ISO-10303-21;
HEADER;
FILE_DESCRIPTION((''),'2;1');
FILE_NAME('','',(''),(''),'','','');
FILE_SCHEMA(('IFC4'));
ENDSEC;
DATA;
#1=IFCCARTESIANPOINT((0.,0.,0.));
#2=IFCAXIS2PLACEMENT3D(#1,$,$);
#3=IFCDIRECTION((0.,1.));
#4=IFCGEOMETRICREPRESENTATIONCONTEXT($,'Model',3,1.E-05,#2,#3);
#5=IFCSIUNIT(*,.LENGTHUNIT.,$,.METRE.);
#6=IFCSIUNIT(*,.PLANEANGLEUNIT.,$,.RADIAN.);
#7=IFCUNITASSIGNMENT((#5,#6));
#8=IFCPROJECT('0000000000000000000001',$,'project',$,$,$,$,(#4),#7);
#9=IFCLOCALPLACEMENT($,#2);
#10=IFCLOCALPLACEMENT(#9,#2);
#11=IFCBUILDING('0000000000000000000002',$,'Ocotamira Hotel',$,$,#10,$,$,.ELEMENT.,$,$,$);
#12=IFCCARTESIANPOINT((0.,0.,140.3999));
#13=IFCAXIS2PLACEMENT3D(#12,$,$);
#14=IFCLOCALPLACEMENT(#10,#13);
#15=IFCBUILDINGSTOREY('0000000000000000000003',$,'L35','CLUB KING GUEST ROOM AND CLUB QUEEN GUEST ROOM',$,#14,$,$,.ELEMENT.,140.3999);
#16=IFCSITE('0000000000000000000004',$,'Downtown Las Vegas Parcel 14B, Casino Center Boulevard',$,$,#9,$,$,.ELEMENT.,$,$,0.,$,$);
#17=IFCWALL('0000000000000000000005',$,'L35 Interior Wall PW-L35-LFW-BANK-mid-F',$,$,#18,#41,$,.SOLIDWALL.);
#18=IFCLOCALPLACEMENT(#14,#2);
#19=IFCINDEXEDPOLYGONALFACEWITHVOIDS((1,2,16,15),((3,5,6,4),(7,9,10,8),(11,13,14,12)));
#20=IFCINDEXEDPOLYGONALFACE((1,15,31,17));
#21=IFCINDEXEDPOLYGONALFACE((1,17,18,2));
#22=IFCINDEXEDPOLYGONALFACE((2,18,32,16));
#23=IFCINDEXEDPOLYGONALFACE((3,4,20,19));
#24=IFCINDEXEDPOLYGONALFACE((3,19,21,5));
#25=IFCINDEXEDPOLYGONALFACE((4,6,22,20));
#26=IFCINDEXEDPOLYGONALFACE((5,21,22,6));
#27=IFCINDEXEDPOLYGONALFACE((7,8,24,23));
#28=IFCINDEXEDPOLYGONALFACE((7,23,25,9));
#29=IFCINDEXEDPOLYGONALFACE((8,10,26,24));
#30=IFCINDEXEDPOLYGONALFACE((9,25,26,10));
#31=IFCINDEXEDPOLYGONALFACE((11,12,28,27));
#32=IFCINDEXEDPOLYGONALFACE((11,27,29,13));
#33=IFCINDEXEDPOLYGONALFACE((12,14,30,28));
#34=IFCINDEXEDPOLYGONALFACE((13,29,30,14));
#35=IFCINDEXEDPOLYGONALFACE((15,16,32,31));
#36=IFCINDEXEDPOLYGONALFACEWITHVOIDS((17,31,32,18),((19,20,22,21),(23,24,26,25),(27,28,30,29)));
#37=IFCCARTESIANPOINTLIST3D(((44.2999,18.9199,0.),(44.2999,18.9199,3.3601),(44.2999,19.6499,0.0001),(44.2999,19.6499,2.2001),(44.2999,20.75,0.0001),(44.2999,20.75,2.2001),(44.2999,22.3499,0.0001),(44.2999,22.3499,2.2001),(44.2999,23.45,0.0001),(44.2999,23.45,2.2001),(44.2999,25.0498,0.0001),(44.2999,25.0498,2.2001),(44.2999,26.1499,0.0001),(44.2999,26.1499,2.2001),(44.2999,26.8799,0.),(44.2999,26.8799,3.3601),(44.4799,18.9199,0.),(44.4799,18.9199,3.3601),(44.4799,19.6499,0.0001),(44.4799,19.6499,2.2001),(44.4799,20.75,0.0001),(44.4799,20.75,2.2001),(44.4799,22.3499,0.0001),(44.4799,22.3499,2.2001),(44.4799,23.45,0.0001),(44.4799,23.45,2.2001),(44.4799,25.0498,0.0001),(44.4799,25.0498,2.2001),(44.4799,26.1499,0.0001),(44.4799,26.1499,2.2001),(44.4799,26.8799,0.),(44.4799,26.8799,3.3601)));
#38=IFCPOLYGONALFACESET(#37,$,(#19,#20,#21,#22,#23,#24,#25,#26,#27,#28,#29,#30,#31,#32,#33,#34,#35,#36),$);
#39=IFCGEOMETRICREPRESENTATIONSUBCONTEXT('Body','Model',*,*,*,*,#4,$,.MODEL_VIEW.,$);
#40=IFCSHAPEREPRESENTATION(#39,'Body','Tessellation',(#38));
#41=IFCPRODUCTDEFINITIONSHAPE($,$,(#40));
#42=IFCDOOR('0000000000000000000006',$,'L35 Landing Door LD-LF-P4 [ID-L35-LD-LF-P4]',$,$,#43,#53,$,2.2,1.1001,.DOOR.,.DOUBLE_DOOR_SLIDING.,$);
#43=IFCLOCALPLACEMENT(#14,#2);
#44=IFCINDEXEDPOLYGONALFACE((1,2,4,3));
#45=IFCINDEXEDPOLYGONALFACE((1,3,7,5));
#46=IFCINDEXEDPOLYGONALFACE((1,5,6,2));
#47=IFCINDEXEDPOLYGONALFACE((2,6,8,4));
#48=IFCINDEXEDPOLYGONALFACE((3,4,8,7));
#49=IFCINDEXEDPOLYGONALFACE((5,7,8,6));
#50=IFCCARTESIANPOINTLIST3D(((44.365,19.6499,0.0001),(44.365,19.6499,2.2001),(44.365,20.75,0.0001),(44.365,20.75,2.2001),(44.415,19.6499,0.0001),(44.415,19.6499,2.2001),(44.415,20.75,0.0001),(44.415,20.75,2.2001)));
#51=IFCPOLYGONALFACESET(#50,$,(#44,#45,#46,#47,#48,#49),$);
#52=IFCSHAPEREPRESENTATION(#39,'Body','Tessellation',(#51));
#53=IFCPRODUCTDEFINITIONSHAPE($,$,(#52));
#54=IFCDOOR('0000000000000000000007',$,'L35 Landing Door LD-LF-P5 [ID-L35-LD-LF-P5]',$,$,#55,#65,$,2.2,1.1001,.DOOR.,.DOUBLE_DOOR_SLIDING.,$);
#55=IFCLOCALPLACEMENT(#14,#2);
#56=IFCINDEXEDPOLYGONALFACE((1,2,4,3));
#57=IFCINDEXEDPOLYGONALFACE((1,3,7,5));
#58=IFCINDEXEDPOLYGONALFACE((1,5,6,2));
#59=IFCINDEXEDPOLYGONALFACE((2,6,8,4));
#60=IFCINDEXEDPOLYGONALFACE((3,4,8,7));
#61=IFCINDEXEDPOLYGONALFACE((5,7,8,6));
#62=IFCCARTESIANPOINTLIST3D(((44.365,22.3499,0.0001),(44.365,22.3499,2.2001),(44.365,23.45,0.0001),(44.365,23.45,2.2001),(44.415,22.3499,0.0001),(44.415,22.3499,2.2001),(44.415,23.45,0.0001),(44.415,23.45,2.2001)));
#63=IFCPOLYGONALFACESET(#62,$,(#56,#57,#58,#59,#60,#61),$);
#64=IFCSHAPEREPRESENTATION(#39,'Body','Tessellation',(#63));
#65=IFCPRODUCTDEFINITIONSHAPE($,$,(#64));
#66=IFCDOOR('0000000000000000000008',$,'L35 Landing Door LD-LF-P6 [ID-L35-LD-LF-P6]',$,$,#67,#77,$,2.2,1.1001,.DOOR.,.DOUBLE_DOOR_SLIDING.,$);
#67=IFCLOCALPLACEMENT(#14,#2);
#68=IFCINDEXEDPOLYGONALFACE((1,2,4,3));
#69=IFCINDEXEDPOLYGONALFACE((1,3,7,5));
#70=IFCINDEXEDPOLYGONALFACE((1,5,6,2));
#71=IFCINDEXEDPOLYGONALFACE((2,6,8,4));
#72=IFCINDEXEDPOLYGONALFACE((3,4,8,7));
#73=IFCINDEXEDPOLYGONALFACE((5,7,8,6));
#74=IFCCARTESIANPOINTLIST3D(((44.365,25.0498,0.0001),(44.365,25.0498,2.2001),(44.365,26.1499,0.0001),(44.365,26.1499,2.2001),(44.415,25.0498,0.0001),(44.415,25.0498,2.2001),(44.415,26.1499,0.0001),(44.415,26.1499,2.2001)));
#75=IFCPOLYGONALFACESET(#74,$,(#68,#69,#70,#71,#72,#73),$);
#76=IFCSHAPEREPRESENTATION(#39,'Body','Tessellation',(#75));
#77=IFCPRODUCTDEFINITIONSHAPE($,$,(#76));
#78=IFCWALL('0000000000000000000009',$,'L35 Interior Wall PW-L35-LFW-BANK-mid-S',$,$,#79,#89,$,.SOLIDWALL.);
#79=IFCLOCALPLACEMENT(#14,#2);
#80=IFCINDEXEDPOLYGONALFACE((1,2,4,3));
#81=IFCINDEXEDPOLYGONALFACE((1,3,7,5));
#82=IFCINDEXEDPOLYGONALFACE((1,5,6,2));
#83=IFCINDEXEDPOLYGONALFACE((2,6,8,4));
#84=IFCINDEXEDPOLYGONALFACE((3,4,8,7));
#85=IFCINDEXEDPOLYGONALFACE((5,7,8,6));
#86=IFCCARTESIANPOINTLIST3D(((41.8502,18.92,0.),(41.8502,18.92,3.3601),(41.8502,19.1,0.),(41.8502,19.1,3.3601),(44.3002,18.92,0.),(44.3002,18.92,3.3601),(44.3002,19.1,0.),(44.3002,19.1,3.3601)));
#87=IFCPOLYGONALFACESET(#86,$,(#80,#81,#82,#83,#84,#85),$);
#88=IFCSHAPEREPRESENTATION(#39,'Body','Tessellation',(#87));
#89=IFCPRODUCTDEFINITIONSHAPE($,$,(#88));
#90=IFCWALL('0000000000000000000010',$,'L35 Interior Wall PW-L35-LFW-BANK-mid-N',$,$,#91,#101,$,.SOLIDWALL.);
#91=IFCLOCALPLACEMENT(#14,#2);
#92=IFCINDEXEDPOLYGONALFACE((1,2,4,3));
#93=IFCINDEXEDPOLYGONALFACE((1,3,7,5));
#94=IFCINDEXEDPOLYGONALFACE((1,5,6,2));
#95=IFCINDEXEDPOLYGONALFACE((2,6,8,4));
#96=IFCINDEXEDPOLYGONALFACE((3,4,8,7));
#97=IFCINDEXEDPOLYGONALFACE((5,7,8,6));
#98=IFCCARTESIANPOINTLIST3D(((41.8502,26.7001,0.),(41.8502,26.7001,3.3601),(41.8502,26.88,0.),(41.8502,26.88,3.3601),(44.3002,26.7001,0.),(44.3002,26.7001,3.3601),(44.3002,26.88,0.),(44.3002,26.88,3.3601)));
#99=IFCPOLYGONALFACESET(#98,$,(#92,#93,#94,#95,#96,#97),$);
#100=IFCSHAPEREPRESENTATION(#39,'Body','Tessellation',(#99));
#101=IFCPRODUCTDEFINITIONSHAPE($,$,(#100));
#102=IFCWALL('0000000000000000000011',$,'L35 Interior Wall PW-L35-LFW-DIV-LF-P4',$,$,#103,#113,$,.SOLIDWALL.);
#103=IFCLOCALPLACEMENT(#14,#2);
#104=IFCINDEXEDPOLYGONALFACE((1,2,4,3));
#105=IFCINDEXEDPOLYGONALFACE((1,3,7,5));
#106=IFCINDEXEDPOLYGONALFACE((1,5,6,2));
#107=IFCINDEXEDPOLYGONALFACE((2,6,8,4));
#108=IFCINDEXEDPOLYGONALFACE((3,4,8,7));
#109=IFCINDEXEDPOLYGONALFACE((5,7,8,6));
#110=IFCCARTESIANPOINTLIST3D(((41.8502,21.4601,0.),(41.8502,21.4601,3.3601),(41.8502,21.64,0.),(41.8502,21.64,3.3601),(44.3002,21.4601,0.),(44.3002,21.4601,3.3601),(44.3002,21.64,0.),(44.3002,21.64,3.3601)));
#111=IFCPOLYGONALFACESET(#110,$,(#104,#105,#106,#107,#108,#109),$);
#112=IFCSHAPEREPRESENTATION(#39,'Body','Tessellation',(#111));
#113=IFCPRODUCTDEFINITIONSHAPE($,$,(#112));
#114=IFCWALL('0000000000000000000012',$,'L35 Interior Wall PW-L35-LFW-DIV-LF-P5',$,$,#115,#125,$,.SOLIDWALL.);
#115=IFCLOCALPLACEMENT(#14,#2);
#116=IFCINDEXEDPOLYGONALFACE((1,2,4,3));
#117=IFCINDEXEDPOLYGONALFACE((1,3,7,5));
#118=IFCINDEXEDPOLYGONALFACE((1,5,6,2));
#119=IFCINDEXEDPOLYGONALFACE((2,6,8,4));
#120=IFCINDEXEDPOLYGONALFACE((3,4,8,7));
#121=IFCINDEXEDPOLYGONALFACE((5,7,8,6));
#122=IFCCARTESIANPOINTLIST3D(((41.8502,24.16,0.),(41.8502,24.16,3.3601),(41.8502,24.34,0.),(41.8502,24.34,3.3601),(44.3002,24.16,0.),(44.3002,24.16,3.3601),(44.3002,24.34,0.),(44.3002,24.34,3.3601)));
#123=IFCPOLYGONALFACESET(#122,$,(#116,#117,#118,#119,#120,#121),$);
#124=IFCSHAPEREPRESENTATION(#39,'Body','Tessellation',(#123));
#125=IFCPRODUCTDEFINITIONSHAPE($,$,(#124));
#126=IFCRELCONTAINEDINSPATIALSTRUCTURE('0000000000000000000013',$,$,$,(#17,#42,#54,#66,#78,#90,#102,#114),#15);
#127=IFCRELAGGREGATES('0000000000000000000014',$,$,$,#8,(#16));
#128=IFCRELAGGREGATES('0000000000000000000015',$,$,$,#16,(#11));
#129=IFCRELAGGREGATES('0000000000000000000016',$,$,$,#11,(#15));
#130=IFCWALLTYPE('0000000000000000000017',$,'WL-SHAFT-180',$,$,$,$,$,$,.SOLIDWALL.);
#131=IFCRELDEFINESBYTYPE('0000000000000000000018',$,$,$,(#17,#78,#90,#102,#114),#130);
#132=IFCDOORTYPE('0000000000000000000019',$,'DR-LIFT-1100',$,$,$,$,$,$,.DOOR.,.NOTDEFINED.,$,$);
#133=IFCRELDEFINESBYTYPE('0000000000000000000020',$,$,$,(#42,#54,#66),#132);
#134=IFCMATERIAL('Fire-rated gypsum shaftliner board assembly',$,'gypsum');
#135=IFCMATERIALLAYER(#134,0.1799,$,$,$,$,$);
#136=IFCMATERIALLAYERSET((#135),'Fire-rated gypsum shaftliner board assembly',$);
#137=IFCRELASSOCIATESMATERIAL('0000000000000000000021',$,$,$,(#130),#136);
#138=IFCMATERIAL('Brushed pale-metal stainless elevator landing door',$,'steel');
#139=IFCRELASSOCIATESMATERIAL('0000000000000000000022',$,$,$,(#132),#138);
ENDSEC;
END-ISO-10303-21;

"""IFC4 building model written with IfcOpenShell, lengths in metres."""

from ifc_helpers import new_model, si_unit, direction, frame, frame_2d, origin, place, context, subcontext, project, spatial, rectangle, extrude, source, transform, mapped, material, layer, layer_set, type_object, element, fill, save


model = new_model("IFC4")

# Units and contexts
model_context = context("Model", 3, precision=1e-05, world=origin(), true_north=direction((0.0, 1.0)))
body_context = subcontext(model_context, "Body", "Model", "MODEL_VIEW")
ifc_project = project(units=[si_unit("LENGTHUNIT", "METRE"), si_unit("PLANEANGLEUNIT", "RADIAN")], contexts=[model_context])

# Site, building, storey
site_placement = place(None, origin())
site = spatial("IfcSite", under=ifc_project, at=site_placement, Name="Downtown Las Vegas Parcel 14B, Casino Center Boulevard", CompositionType="ELEMENT", RefElevation=0.0)
building_placement = place(site_placement, origin())
building = spatial("IfcBuilding", under=site, at=building_placement, Name="Ocotamira Hotel", CompositionType="ELEMENT")
storey_placement = place(building_placement, frame((0.0, 0.0, 140.3999)))
storey = spatial("IfcBuildingStorey", under=building, at=storey_placement, Name="L35", Description="CLUB KING GUEST ROOM AND CLUB QUEEN GUEST ROOM", CompositionType="ELEMENT", Elevation=140.3999)

# Wall, openings, doors
ifc_material_1 = material(Name="Fire-rated gypsum shaftliner board assembly", Category="gypsum")
ifc_layer_1 = layer(ifc_material_1, 0.1799)
ifc_layer_set_1 = layer_set([ifc_layer_1], Name="Fire-rated gypsum shaftliner board assembly")
wall_type_1 = type_object("IfcWallType", Name="WL-SHAFT-180", PredefinedType="SOLIDWALL", material=ifc_layer_set_1)
wall_1_placement = place(storey_placement, frame((44.3899, 18.9199, 0.0), z_axis=(0.0, 0.0, 1.0), x_axis=(0.0, 1.0, 0.0)))
wall_1 = element("IfcWall", 1, at=wall_1_placement, inside=storey, type_object=wall_type_1, Name="L35 Interior Wall PW-L35-LFW-BANK-mid-F", PredefinedType="SOLIDWALL", context=body_context, shape_type="SweptSolid", body=[
    extrude(rectangle(XDim=7.96, YDim=0.1799, at=frame_2d((3.98, 0.0))), origin(), (0.0, 0.0, 1.0), 3.3601),
])
opening_1_placement = place(wall_1_placement, frame((0.73, 0.0, 0.0)))
opening_1 = element("IfcOpeningElement", 2, at=opening_1_placement, cuts=wall_1, PredefinedType="OPENING", context=body_context, shape_type="SweptSolid", body=[
    extrude(rectangle(XDim=1.1001, YDim=2.2, at=frame_2d((0.55, 1.1001))), frame((0.0, 0.1001, 0.0), z_axis=(0.0, -1.0, 0.0), x_axis=(1.0, 0.0, 0.0)), (0.0, 0.0, 1.0), 0.2),
])
opening_2_placement = place(wall_1_placement, frame((3.4299, 0.0, 0.0)))
opening_2 = element("IfcOpeningElement", 3, at=opening_2_placement, cuts=wall_1, PredefinedType="OPENING", context=body_context, shape_type="SweptSolid", body=[
    extrude(rectangle(XDim=1.1001, YDim=2.2, at=frame_2d((0.55, 1.1001))), frame((0.0, 0.1001, 0.0), z_axis=(0.0, -1.0, 0.0), x_axis=(1.0, 0.0, 0.0)), (0.0, 0.0, 1.0), 0.2),
])
opening_3_placement = place(wall_1_placement, frame((6.1299, 0.0, 0.0)))
opening_3 = element("IfcOpeningElement", 4, at=opening_3_placement, cuts=wall_1, PredefinedType="OPENING", context=body_context, shape_type="SweptSolid", body=[
    extrude(rectangle(XDim=1.1001, YDim=2.2, at=frame_2d((0.55, 1.1001))), frame((0.0, 0.1001, 0.0), z_axis=(0.0, -1.0, 0.0), x_axis=(1.0, 0.0, 0.0)), (0.0, 0.0, 1.0), 0.2),
])
ifc_material_2 = material(Name="Brushed pale-metal stainless elevator landing door", Category="steel")
door_type_1 = type_object("IfcDoorType", Name="DR-LIFT-1100", OperationType="NOTDEFINED", PredefinedType="DOOR", material=ifc_material_2)
shared_shape_1 = source(origin(), body_context, "Body", "SweptSolid", [
    extrude(rectangle(XDim=1.1001, YDim=2.2, at=frame_2d((0.55, 1.1001))), frame((0.0, 0.0249, 0.0), z_axis=(0.0, -1.0, 0.0), x_axis=(1.0, 0.0, 0.0)), (0.0, 0.0, 1.0), 0.05),
])
door_1_placement = place(opening_1_placement, origin())
door_1 = element("IfcDoor", 5, at=door_1_placement, inside=storey, type_object=door_type_1, Name="L35 Landing Door LD-LF-P4 [ID-L35-LD-LF-P4]", OperationType="DOUBLE_DOOR_SLIDING", OverallHeight=2.2, OverallWidth=1.1001, PredefinedType="DOOR", context=body_context, shape_type="MappedRepresentation", body=[
    mapped(shared_shape_1, transform((0.0, 0.0, 0.0), scale=1.0)),
])
fill(opening_1, door_1)
door_2_placement = place(opening_2_placement, origin())
door_2 = element("IfcDoor", 6, at=door_2_placement, inside=storey, type_object=door_type_1, Name="L35 Landing Door LD-LF-P5 [ID-L35-LD-LF-P5]", OperationType="DOUBLE_DOOR_SLIDING", OverallHeight=2.2, OverallWidth=1.1001, PredefinedType="DOOR", context=body_context, shape_type="MappedRepresentation", body=[
    mapped(shared_shape_1, transform((0.0, 0.0, 0.0), scale=1.0)),
])
fill(opening_2, door_2)
door_3_placement = place(opening_3_placement, origin())
door_3 = element("IfcDoor", 7, at=door_3_placement, inside=storey, type_object=door_type_1, Name="L35 Landing Door LD-LF-P6 [ID-L35-LD-LF-P6]", OperationType="DOUBLE_DOOR_SLIDING", OverallHeight=2.2, OverallWidth=1.1001, PredefinedType="DOOR", context=body_context, shape_type="MappedRepresentation", body=[
    mapped(shared_shape_1, transform((0.0, 0.0, 0.0), scale=1.0)),
])
fill(opening_3, door_3)

# Walls
for number, where, z_axis, x_axis, name in (
    (8, (41.8501, 19.01, 0.0), (0.0, 0.0, 1.0), (1.0, 0.0, 0.0), "L35 Interior Wall PW-L35-LFW-BANK-mid-S"),
    (9, (41.8501, 26.79, 0.0), (0.0, 0.0, 1.0), (1.0, 0.0, 0.0), "L35 Interior Wall PW-L35-LFW-BANK-mid-N"),
    (10, (41.8501, 21.55, 0.0), (0.0, 0.0, 1.0), (1.0, 0.0, 0.0), "L35 Interior Wall PW-L35-LFW-DIV-LF-P4"),
    (11, (41.8501, 24.25, 0.0), (0.0, 0.0, 1.0), (1.0, 0.0, 0.0), "L35 Interior Wall PW-L35-LFW-DIV-LF-P5"),
):
    element("IfcWall", number, at=place(storey_placement, frame(where, z_axis=z_axis, x_axis=x_axis)), inside=storey, type_object=wall_type_1, Name=name, PredefinedType="SOLIDWALL", context=body_context, shape_type="SweptSolid", body=[
        extrude(rectangle(XDim=2.45, YDim=0.1799, at=frame_2d((1.2251, 0.0))), origin(), (0.0, 0.0, 1.0), 3.3601),
    ])

save(model, "model.ifc")
